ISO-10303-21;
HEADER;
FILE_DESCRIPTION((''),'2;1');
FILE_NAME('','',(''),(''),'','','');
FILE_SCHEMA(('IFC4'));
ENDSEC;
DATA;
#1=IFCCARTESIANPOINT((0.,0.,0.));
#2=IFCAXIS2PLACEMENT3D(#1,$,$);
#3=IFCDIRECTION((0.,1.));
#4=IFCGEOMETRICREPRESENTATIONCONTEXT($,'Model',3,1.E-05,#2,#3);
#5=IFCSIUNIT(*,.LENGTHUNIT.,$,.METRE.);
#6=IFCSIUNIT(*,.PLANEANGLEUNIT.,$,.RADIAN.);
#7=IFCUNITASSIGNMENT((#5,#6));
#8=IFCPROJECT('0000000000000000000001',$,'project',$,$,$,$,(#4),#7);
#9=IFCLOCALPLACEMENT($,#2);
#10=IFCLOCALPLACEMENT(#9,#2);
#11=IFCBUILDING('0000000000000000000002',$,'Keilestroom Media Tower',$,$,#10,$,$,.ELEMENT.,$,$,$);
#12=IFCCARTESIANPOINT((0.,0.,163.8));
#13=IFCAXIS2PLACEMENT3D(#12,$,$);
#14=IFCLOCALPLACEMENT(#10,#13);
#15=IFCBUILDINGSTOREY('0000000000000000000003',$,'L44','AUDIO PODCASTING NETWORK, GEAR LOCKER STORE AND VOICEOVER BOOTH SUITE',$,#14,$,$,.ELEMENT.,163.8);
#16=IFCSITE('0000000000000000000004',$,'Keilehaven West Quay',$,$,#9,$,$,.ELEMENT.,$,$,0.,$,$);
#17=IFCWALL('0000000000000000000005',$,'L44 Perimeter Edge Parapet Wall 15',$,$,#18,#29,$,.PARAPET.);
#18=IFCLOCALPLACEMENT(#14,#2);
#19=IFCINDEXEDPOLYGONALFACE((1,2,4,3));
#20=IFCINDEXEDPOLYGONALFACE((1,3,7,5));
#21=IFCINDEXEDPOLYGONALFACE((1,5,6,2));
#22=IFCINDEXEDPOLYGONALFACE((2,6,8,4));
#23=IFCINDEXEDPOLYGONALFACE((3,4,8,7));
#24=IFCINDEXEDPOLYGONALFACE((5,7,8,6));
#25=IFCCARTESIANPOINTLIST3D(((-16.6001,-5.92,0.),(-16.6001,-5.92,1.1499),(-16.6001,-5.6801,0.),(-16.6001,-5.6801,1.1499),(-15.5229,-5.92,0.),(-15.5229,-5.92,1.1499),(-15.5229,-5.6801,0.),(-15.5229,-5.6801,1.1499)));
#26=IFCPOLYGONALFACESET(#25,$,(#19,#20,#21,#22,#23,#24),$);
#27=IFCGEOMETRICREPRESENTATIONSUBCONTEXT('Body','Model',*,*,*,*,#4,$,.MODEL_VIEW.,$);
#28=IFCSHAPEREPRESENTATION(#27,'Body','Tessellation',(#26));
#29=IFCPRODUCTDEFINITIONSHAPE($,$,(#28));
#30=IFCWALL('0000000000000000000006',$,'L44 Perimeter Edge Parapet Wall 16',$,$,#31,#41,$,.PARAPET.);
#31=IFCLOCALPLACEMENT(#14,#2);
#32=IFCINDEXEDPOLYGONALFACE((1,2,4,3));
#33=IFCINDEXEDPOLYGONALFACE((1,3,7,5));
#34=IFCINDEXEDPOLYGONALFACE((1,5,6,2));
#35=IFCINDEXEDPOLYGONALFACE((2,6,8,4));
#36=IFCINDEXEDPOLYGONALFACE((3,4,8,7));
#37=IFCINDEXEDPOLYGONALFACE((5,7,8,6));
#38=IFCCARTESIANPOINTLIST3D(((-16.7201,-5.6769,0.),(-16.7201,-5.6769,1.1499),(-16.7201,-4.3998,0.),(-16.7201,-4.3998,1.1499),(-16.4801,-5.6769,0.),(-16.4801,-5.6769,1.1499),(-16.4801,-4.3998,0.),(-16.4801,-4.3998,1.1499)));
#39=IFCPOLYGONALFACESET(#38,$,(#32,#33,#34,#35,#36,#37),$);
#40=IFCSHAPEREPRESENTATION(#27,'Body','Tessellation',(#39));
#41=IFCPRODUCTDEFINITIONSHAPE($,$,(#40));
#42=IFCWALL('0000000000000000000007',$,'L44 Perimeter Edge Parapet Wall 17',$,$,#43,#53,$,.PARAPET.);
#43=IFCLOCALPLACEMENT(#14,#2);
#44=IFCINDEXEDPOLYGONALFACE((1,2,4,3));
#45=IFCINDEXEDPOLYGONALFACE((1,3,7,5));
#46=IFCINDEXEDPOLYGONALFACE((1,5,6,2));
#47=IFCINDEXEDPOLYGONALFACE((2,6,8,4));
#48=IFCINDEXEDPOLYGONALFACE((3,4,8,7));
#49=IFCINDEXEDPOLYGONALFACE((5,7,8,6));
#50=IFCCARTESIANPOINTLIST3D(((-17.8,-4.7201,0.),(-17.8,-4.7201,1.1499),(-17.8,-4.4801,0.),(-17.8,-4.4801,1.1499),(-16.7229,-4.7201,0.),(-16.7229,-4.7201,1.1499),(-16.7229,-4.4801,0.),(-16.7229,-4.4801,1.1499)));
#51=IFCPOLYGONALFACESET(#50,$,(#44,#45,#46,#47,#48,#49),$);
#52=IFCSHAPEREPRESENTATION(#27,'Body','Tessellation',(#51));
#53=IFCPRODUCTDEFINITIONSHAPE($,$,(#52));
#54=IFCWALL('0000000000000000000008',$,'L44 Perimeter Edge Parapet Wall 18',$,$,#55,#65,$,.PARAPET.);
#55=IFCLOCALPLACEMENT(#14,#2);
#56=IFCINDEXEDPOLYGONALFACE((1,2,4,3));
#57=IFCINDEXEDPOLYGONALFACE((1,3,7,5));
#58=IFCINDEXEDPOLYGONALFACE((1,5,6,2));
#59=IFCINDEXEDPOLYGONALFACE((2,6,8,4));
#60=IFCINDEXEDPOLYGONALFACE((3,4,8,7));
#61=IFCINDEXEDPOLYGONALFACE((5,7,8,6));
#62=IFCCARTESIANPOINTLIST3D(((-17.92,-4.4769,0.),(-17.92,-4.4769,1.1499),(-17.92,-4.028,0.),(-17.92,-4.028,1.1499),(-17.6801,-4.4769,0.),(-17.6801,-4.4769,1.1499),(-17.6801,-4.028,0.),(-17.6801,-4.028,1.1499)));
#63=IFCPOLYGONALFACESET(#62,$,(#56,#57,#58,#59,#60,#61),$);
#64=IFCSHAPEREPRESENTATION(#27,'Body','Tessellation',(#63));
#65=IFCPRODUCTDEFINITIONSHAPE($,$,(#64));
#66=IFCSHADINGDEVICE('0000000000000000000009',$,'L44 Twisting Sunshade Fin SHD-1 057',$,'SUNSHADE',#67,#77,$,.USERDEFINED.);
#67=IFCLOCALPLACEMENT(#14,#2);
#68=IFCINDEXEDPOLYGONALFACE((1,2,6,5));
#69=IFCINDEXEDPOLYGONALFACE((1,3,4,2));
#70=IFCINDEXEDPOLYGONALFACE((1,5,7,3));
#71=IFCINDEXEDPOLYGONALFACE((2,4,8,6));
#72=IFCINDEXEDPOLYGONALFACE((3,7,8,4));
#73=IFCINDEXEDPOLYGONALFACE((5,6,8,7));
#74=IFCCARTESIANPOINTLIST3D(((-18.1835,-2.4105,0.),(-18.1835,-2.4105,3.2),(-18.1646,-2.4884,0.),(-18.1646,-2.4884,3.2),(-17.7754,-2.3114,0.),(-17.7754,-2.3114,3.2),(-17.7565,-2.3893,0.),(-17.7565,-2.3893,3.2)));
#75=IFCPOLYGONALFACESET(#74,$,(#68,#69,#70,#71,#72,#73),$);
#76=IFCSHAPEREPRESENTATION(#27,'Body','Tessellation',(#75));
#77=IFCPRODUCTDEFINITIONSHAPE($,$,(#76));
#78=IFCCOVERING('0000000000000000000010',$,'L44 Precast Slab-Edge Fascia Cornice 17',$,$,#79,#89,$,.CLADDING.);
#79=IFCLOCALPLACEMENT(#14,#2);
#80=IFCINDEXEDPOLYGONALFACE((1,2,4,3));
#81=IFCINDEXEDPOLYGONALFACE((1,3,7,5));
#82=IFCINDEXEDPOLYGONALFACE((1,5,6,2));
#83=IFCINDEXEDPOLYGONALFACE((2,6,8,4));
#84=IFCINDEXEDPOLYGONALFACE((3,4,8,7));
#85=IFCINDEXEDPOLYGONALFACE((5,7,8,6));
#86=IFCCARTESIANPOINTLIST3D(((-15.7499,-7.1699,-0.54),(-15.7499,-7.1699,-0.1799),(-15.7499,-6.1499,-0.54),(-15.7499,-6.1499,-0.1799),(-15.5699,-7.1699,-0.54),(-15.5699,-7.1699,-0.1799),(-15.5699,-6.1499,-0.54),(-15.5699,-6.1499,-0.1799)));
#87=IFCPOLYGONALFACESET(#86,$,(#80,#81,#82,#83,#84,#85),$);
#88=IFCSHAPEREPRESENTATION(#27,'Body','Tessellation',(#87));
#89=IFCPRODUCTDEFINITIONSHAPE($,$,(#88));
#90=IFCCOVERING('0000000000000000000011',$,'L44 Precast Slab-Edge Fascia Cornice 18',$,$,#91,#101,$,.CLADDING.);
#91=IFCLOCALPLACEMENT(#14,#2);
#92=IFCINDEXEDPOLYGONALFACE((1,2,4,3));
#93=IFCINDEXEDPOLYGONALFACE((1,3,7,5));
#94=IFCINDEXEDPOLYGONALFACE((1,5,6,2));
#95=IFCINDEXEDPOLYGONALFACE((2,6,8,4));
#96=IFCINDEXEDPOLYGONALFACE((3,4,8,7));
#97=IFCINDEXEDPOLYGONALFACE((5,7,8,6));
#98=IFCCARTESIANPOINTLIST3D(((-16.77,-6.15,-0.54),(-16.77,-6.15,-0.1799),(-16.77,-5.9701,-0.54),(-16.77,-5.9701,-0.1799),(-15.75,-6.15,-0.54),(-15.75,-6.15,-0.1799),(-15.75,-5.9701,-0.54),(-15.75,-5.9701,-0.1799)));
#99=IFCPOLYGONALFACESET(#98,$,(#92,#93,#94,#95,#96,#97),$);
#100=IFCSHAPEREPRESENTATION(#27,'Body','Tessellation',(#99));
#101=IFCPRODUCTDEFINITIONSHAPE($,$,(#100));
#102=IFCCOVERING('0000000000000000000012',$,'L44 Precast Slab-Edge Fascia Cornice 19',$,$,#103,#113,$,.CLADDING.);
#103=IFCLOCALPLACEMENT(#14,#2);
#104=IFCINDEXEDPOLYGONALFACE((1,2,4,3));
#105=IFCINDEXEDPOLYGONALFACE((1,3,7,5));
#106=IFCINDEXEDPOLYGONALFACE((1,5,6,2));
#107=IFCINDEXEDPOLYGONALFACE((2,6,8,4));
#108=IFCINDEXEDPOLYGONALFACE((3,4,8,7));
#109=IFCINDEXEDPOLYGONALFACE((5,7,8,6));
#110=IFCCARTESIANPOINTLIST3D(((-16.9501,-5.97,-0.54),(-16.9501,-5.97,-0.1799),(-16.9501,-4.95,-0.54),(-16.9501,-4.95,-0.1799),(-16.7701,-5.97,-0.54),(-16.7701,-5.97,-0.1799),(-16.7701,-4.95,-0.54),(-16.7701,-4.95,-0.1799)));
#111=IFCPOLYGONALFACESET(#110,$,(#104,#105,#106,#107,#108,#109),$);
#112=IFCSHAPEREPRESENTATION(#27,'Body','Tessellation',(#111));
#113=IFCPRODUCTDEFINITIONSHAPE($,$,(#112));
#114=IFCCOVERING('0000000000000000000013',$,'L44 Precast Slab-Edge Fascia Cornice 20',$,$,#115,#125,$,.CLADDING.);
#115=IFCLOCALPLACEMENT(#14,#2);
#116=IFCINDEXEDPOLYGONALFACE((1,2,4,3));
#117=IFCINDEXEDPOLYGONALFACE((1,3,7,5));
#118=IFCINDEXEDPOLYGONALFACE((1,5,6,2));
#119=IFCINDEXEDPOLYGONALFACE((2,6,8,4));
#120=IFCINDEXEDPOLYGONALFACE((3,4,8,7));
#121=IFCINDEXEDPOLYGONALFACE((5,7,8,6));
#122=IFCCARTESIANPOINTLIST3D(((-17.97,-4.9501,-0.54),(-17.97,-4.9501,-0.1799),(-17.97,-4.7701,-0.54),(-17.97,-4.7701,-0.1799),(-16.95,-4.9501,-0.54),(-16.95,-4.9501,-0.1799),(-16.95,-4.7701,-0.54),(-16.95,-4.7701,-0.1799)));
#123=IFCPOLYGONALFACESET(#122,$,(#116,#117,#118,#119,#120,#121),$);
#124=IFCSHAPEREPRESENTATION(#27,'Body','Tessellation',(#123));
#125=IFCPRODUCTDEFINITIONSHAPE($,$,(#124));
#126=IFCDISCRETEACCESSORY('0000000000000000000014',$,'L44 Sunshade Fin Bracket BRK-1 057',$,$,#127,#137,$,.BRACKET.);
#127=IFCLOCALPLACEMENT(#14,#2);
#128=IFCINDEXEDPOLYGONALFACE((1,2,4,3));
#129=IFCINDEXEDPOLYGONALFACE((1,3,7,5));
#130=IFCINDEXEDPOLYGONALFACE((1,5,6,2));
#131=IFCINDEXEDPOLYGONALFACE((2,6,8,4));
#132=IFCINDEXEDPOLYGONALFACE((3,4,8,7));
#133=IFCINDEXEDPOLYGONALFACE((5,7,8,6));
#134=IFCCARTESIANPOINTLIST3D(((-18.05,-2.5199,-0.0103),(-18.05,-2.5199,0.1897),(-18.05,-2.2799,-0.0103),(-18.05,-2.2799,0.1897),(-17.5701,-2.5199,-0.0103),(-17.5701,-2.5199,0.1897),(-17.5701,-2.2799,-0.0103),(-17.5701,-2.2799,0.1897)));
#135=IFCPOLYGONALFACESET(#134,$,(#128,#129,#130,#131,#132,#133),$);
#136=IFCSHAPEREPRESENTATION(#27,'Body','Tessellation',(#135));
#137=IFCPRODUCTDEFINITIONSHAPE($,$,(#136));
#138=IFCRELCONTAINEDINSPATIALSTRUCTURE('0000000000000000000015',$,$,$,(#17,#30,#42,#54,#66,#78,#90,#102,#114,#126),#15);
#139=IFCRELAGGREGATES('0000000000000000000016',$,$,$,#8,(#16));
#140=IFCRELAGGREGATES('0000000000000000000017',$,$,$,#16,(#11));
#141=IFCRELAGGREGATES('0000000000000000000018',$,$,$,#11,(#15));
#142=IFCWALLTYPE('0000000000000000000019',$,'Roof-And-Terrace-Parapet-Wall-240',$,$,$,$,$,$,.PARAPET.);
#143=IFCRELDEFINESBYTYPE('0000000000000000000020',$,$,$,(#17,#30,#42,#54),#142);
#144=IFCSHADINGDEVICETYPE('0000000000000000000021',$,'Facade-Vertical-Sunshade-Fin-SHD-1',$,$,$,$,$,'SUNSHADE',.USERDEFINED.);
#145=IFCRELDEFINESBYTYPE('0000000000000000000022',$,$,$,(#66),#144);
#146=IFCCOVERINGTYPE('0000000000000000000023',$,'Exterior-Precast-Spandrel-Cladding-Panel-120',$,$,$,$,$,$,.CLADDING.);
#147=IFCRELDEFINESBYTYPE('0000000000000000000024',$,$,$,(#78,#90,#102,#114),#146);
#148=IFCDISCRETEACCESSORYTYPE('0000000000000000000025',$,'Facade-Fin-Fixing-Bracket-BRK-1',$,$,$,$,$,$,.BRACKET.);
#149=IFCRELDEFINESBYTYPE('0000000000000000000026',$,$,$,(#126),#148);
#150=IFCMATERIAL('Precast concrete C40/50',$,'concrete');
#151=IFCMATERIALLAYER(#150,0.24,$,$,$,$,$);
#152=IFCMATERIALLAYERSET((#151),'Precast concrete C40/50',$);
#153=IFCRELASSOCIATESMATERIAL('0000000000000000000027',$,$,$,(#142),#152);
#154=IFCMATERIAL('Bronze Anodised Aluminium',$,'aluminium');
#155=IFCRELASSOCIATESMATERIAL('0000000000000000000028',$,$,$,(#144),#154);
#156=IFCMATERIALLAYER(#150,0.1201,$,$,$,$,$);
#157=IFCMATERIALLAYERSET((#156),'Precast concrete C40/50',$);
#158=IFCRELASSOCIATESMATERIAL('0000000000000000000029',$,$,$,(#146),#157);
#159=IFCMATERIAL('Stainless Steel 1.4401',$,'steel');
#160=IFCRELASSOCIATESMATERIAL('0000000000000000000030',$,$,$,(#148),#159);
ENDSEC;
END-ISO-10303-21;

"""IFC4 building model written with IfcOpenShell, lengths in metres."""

from ifc_helpers import new_model, si_unit, direction, frame, frame_2d, origin, origin_2d, place, context, subcontext, project, spatial, rectangle, extrude, source, transform, mapped, material, layer, layer_set, type_object, element, save


model = new_model("IFC4")

# Units and contexts
model_context = context("Model", 3, precision=1e-05, world=origin(), true_north=direction((0.0, 1.0)))
body_context = subcontext(model_context, "Body", "Model", "MODEL_VIEW")
ifc_project = project(units=[si_unit("LENGTHUNIT", "METRE"), si_unit("PLANEANGLEUNIT", "RADIAN")], contexts=[model_context])

# Site, building, storey
site_placement = place(None, origin())
site = spatial("IfcSite", under=ifc_project, at=site_placement, Name="Keilehaven West Quay", CompositionType="ELEMENT", RefElevation=0.0)
building_placement = place(site_placement, origin())
building = spatial("IfcBuilding", under=site, at=building_placement, Name="Keilestroom Media Tower", CompositionType="ELEMENT")
storey_placement = place(building_placement, frame((0.0, 0.0, 163.8)))
storey = spatial("IfcBuildingStorey", under=building, at=storey_placement, Name="L44", Description="AUDIO PODCASTING NETWORK, GEAR LOCKER STORE AND VOICEOVER BOOTH SUITE", CompositionType="ELEMENT", Elevation=163.8)

# Shared definitions
ifc_material_1 = material(Name="Precast concrete C40/50", Category="concrete")

# Walls
ifc_layer_1 = layer(ifc_material_1, 0.24)
ifc_layer_set_1 = layer_set([ifc_layer_1], Name="Precast concrete C40/50")
wall_type = type_object("IfcWallType", Name="Roof-And-Terrace-Parapet-Wall-240", PredefinedType="PARAPET", material=ifc_layer_set_1)
wall_1_placement = place(storey_placement, frame((-15.5229, -5.8, 0.0), z_axis=(0.0, 0.0, 1.0), x_axis=(-1.0, 0.0, 0.0)))
element("IfcWall", 1, at=wall_1_placement, inside=storey, type_object=wall_type, Name="L44 Perimeter Edge Parapet Wall 15", PredefinedType="PARAPET", context=body_context, shape_type="SweptSolid", body=[
    extrude(rectangle(XDim=1.0771, YDim=0.24, at=frame_2d((0.5386, 0.0))), origin(), (0.0, 0.0, 1.0), 1.1499),
])
wall_2_placement = place(storey_placement, frame((-16.6001, -5.677, 0.0), z_axis=(0.0, 0.0, 1.0), x_axis=(0.0, 1.0, 0.0)))
element("IfcWall", 2, at=wall_2_placement, inside=storey, type_object=wall_type, Name="L44 Perimeter Edge Parapet Wall 16", PredefinedType="PARAPET", context=body_context, shape_type="SweptSolid", body=[
    extrude(rectangle(XDim=1.2771, YDim=0.24, at=frame_2d((0.6387, 0.0))), origin(), (0.0, 0.0, 1.0), 1.1499),
])
wall_3_placement = place(storey_placement, frame((-16.7229, -4.6001, 0.0), z_axis=(0.0, 0.0, 1.0), x_axis=(-1.0, 0.0, 0.0)))
element("IfcWall", 3, at=wall_3_placement, inside=storey, type_object=wall_type, Name="L44 Perimeter Edge Parapet Wall 17", PredefinedType="PARAPET", context=body_context, shape_type="SweptSolid", body=[
    extrude(rectangle(XDim=1.0771, YDim=0.24, at=frame_2d((0.5386, 0.0))), origin(), (0.0, 0.0, 1.0), 1.1499),
])
wall_4_placement = place(storey_placement, frame((-17.8, -4.4771, 0.0), z_axis=(0.0, 0.0, 1.0), x_axis=(0.0, 1.0, 0.0)))
element("IfcWall", 4, at=wall_4_placement, inside=storey, type_object=wall_type, Name="L44 Perimeter Edge Parapet Wall 18", PredefinedType="PARAPET", context=body_context, shape_type="SweptSolid", body=[
    extrude(rectangle(XDim=0.449, YDim=0.24, at=frame_2d((0.2246, 0.0))), origin(), (0.0, 0.0, 1.0), 1.1499),
])

# Shading device
ifc_material_2 = material(Name="Bronze Anodised Aluminium", Category="aluminium")
shading_device_type = type_object("IfcShadingDeviceType", Name="Facade-Vertical-Sunshade-Fin-SHD-1", ElementType="SUNSHADE", PredefinedType="USERDEFINED", material=ifc_material_2)
shared_shape_1 = source(origin(), body_context, "Body", "SweptSolid", [
    extrude(rectangle(XDim=0.4199, YDim=0.0801, at=origin_2d()), origin(), (0.0, 0.0, 1.0), 3.2),
])
shading_device_placement = place(storey_placement, frame((-17.97, -2.3999, 0.0), z_axis=(0.0, 0.0, 1.0), x_axis=(0.971755, 0.23599, 0.0)))
element("IfcShadingDevice", 5, at=shading_device_placement, inside=storey, type_object=shading_device_type, Name="L44 Twisting Sunshade Fin SHD-1 057", ObjectType="SUNSHADE", PredefinedType="USERDEFINED", context=body_context, shape_type="MappedRepresentation", body=[
    mapped(shared_shape_1, transform((0.0, 0.0, 0.0), x_axis=(1.0, 0.0, 0.0), y_axis=(0.0, 1.0, 0.0), z_axis=(0.0, 0.0, 1.0), scale=1.0)),
])

# Coverings
ifc_layer_2 = layer(ifc_material_1, 0.1201)
ifc_layer_set_2 = layer_set([ifc_layer_2], Name="Precast concrete C40/50")
covering_type = type_object("IfcCoveringType", Name="Exterior-Precast-Spandrel-Cladding-Panel-120", PredefinedType="CLADDING", material=ifc_layer_set_2)
shared_shape_2 = source(origin(), body_context, "Body", "SweptSolid", [
    extrude(rectangle(XDim=1.02, YDim=0.1799, at=origin_2d()), origin(), (0.0, 0.0, 1.0), 0.3601),
])
for number, where, z_axis, x_axis, name in (
    (6, (-15.6599, -6.6599, -0.54), (0.0, 0.0, 1.0), (0.0, 1.0, 0.0), "L44 Precast Slab-Edge Fascia Cornice 17"),
    (7, (-16.26, -6.0601, -0.54), (0.0, 0.0, 1.0), (-1.0, 0.0, 0.0), "L44 Precast Slab-Edge Fascia Cornice 18"),
    (8, (-16.8601, -5.46, -0.54), (0.0, 0.0, 1.0), (0.0, 1.0, 0.0), "L44 Precast Slab-Edge Fascia Cornice 19"),
    (9, (-17.46, -4.8601, -0.54), (0.0, 0.0, 1.0), (-1.0, 0.0, 0.0), "L44 Precast Slab-Edge Fascia Cornice 20"),
):
    element("IfcCovering", number, at=place(storey_placement, frame(where, z_axis=z_axis, x_axis=x_axis)), inside=storey, type_object=covering_type, Name=name, PredefinedType="CLADDING", context=body_context, shape_type="MappedRepresentation", body=[
        mapped(shared_shape_2, transform((0.0, 0.0, 0.0), x_axis=(1.0, 0.0, 0.0), y_axis=(0.0, 1.0, 0.0), z_axis=(0.0, 0.0, 1.0), scale=1.0)),
    ])

# Discrete accessory
ifc_material_3 = material(Name="Stainless Steel 1.4401", Category="steel")
discrete_accessory_type = type_object("IfcDiscreteAccessoryType", Name="Facade-Fin-Fixing-Bracket-BRK-1", PredefinedType="BRACKET", material=ifc_material_3)
shared_shape_3 = source(origin(), body_context, "Body", "SweptSolid", [
    extrude(rectangle(XDim=0.48, YDim=0.24, at=origin_2d()), origin(), (0.0, 0.0, 1.0), 0.2),
])
discrete_accessory_placement = place(storey_placement, frame((-17.8101, -2.3999, -0.0103), z_axis=(0.0, 0.0, 1.0), x_axis=(1.0, 0.0, 0.0)))
element("IfcDiscreteAccessory", 10, at=discrete_accessory_placement, inside=storey, type_object=discrete_accessory_type, Name="L44 Sunshade Fin Bracket BRK-1 057", PredefinedType="BRACKET", context=body_context, shape_type="MappedRepresentation", body=[
    mapped(shared_shape_3, transform((0.0, 0.0, 0.0), x_axis=(1.0, 0.0, 0.0), y_axis=(0.0, 1.0, 0.0), z_axis=(0.0, 0.0, 1.0), scale=1.0)),
])

save(model, "model.ifc")
